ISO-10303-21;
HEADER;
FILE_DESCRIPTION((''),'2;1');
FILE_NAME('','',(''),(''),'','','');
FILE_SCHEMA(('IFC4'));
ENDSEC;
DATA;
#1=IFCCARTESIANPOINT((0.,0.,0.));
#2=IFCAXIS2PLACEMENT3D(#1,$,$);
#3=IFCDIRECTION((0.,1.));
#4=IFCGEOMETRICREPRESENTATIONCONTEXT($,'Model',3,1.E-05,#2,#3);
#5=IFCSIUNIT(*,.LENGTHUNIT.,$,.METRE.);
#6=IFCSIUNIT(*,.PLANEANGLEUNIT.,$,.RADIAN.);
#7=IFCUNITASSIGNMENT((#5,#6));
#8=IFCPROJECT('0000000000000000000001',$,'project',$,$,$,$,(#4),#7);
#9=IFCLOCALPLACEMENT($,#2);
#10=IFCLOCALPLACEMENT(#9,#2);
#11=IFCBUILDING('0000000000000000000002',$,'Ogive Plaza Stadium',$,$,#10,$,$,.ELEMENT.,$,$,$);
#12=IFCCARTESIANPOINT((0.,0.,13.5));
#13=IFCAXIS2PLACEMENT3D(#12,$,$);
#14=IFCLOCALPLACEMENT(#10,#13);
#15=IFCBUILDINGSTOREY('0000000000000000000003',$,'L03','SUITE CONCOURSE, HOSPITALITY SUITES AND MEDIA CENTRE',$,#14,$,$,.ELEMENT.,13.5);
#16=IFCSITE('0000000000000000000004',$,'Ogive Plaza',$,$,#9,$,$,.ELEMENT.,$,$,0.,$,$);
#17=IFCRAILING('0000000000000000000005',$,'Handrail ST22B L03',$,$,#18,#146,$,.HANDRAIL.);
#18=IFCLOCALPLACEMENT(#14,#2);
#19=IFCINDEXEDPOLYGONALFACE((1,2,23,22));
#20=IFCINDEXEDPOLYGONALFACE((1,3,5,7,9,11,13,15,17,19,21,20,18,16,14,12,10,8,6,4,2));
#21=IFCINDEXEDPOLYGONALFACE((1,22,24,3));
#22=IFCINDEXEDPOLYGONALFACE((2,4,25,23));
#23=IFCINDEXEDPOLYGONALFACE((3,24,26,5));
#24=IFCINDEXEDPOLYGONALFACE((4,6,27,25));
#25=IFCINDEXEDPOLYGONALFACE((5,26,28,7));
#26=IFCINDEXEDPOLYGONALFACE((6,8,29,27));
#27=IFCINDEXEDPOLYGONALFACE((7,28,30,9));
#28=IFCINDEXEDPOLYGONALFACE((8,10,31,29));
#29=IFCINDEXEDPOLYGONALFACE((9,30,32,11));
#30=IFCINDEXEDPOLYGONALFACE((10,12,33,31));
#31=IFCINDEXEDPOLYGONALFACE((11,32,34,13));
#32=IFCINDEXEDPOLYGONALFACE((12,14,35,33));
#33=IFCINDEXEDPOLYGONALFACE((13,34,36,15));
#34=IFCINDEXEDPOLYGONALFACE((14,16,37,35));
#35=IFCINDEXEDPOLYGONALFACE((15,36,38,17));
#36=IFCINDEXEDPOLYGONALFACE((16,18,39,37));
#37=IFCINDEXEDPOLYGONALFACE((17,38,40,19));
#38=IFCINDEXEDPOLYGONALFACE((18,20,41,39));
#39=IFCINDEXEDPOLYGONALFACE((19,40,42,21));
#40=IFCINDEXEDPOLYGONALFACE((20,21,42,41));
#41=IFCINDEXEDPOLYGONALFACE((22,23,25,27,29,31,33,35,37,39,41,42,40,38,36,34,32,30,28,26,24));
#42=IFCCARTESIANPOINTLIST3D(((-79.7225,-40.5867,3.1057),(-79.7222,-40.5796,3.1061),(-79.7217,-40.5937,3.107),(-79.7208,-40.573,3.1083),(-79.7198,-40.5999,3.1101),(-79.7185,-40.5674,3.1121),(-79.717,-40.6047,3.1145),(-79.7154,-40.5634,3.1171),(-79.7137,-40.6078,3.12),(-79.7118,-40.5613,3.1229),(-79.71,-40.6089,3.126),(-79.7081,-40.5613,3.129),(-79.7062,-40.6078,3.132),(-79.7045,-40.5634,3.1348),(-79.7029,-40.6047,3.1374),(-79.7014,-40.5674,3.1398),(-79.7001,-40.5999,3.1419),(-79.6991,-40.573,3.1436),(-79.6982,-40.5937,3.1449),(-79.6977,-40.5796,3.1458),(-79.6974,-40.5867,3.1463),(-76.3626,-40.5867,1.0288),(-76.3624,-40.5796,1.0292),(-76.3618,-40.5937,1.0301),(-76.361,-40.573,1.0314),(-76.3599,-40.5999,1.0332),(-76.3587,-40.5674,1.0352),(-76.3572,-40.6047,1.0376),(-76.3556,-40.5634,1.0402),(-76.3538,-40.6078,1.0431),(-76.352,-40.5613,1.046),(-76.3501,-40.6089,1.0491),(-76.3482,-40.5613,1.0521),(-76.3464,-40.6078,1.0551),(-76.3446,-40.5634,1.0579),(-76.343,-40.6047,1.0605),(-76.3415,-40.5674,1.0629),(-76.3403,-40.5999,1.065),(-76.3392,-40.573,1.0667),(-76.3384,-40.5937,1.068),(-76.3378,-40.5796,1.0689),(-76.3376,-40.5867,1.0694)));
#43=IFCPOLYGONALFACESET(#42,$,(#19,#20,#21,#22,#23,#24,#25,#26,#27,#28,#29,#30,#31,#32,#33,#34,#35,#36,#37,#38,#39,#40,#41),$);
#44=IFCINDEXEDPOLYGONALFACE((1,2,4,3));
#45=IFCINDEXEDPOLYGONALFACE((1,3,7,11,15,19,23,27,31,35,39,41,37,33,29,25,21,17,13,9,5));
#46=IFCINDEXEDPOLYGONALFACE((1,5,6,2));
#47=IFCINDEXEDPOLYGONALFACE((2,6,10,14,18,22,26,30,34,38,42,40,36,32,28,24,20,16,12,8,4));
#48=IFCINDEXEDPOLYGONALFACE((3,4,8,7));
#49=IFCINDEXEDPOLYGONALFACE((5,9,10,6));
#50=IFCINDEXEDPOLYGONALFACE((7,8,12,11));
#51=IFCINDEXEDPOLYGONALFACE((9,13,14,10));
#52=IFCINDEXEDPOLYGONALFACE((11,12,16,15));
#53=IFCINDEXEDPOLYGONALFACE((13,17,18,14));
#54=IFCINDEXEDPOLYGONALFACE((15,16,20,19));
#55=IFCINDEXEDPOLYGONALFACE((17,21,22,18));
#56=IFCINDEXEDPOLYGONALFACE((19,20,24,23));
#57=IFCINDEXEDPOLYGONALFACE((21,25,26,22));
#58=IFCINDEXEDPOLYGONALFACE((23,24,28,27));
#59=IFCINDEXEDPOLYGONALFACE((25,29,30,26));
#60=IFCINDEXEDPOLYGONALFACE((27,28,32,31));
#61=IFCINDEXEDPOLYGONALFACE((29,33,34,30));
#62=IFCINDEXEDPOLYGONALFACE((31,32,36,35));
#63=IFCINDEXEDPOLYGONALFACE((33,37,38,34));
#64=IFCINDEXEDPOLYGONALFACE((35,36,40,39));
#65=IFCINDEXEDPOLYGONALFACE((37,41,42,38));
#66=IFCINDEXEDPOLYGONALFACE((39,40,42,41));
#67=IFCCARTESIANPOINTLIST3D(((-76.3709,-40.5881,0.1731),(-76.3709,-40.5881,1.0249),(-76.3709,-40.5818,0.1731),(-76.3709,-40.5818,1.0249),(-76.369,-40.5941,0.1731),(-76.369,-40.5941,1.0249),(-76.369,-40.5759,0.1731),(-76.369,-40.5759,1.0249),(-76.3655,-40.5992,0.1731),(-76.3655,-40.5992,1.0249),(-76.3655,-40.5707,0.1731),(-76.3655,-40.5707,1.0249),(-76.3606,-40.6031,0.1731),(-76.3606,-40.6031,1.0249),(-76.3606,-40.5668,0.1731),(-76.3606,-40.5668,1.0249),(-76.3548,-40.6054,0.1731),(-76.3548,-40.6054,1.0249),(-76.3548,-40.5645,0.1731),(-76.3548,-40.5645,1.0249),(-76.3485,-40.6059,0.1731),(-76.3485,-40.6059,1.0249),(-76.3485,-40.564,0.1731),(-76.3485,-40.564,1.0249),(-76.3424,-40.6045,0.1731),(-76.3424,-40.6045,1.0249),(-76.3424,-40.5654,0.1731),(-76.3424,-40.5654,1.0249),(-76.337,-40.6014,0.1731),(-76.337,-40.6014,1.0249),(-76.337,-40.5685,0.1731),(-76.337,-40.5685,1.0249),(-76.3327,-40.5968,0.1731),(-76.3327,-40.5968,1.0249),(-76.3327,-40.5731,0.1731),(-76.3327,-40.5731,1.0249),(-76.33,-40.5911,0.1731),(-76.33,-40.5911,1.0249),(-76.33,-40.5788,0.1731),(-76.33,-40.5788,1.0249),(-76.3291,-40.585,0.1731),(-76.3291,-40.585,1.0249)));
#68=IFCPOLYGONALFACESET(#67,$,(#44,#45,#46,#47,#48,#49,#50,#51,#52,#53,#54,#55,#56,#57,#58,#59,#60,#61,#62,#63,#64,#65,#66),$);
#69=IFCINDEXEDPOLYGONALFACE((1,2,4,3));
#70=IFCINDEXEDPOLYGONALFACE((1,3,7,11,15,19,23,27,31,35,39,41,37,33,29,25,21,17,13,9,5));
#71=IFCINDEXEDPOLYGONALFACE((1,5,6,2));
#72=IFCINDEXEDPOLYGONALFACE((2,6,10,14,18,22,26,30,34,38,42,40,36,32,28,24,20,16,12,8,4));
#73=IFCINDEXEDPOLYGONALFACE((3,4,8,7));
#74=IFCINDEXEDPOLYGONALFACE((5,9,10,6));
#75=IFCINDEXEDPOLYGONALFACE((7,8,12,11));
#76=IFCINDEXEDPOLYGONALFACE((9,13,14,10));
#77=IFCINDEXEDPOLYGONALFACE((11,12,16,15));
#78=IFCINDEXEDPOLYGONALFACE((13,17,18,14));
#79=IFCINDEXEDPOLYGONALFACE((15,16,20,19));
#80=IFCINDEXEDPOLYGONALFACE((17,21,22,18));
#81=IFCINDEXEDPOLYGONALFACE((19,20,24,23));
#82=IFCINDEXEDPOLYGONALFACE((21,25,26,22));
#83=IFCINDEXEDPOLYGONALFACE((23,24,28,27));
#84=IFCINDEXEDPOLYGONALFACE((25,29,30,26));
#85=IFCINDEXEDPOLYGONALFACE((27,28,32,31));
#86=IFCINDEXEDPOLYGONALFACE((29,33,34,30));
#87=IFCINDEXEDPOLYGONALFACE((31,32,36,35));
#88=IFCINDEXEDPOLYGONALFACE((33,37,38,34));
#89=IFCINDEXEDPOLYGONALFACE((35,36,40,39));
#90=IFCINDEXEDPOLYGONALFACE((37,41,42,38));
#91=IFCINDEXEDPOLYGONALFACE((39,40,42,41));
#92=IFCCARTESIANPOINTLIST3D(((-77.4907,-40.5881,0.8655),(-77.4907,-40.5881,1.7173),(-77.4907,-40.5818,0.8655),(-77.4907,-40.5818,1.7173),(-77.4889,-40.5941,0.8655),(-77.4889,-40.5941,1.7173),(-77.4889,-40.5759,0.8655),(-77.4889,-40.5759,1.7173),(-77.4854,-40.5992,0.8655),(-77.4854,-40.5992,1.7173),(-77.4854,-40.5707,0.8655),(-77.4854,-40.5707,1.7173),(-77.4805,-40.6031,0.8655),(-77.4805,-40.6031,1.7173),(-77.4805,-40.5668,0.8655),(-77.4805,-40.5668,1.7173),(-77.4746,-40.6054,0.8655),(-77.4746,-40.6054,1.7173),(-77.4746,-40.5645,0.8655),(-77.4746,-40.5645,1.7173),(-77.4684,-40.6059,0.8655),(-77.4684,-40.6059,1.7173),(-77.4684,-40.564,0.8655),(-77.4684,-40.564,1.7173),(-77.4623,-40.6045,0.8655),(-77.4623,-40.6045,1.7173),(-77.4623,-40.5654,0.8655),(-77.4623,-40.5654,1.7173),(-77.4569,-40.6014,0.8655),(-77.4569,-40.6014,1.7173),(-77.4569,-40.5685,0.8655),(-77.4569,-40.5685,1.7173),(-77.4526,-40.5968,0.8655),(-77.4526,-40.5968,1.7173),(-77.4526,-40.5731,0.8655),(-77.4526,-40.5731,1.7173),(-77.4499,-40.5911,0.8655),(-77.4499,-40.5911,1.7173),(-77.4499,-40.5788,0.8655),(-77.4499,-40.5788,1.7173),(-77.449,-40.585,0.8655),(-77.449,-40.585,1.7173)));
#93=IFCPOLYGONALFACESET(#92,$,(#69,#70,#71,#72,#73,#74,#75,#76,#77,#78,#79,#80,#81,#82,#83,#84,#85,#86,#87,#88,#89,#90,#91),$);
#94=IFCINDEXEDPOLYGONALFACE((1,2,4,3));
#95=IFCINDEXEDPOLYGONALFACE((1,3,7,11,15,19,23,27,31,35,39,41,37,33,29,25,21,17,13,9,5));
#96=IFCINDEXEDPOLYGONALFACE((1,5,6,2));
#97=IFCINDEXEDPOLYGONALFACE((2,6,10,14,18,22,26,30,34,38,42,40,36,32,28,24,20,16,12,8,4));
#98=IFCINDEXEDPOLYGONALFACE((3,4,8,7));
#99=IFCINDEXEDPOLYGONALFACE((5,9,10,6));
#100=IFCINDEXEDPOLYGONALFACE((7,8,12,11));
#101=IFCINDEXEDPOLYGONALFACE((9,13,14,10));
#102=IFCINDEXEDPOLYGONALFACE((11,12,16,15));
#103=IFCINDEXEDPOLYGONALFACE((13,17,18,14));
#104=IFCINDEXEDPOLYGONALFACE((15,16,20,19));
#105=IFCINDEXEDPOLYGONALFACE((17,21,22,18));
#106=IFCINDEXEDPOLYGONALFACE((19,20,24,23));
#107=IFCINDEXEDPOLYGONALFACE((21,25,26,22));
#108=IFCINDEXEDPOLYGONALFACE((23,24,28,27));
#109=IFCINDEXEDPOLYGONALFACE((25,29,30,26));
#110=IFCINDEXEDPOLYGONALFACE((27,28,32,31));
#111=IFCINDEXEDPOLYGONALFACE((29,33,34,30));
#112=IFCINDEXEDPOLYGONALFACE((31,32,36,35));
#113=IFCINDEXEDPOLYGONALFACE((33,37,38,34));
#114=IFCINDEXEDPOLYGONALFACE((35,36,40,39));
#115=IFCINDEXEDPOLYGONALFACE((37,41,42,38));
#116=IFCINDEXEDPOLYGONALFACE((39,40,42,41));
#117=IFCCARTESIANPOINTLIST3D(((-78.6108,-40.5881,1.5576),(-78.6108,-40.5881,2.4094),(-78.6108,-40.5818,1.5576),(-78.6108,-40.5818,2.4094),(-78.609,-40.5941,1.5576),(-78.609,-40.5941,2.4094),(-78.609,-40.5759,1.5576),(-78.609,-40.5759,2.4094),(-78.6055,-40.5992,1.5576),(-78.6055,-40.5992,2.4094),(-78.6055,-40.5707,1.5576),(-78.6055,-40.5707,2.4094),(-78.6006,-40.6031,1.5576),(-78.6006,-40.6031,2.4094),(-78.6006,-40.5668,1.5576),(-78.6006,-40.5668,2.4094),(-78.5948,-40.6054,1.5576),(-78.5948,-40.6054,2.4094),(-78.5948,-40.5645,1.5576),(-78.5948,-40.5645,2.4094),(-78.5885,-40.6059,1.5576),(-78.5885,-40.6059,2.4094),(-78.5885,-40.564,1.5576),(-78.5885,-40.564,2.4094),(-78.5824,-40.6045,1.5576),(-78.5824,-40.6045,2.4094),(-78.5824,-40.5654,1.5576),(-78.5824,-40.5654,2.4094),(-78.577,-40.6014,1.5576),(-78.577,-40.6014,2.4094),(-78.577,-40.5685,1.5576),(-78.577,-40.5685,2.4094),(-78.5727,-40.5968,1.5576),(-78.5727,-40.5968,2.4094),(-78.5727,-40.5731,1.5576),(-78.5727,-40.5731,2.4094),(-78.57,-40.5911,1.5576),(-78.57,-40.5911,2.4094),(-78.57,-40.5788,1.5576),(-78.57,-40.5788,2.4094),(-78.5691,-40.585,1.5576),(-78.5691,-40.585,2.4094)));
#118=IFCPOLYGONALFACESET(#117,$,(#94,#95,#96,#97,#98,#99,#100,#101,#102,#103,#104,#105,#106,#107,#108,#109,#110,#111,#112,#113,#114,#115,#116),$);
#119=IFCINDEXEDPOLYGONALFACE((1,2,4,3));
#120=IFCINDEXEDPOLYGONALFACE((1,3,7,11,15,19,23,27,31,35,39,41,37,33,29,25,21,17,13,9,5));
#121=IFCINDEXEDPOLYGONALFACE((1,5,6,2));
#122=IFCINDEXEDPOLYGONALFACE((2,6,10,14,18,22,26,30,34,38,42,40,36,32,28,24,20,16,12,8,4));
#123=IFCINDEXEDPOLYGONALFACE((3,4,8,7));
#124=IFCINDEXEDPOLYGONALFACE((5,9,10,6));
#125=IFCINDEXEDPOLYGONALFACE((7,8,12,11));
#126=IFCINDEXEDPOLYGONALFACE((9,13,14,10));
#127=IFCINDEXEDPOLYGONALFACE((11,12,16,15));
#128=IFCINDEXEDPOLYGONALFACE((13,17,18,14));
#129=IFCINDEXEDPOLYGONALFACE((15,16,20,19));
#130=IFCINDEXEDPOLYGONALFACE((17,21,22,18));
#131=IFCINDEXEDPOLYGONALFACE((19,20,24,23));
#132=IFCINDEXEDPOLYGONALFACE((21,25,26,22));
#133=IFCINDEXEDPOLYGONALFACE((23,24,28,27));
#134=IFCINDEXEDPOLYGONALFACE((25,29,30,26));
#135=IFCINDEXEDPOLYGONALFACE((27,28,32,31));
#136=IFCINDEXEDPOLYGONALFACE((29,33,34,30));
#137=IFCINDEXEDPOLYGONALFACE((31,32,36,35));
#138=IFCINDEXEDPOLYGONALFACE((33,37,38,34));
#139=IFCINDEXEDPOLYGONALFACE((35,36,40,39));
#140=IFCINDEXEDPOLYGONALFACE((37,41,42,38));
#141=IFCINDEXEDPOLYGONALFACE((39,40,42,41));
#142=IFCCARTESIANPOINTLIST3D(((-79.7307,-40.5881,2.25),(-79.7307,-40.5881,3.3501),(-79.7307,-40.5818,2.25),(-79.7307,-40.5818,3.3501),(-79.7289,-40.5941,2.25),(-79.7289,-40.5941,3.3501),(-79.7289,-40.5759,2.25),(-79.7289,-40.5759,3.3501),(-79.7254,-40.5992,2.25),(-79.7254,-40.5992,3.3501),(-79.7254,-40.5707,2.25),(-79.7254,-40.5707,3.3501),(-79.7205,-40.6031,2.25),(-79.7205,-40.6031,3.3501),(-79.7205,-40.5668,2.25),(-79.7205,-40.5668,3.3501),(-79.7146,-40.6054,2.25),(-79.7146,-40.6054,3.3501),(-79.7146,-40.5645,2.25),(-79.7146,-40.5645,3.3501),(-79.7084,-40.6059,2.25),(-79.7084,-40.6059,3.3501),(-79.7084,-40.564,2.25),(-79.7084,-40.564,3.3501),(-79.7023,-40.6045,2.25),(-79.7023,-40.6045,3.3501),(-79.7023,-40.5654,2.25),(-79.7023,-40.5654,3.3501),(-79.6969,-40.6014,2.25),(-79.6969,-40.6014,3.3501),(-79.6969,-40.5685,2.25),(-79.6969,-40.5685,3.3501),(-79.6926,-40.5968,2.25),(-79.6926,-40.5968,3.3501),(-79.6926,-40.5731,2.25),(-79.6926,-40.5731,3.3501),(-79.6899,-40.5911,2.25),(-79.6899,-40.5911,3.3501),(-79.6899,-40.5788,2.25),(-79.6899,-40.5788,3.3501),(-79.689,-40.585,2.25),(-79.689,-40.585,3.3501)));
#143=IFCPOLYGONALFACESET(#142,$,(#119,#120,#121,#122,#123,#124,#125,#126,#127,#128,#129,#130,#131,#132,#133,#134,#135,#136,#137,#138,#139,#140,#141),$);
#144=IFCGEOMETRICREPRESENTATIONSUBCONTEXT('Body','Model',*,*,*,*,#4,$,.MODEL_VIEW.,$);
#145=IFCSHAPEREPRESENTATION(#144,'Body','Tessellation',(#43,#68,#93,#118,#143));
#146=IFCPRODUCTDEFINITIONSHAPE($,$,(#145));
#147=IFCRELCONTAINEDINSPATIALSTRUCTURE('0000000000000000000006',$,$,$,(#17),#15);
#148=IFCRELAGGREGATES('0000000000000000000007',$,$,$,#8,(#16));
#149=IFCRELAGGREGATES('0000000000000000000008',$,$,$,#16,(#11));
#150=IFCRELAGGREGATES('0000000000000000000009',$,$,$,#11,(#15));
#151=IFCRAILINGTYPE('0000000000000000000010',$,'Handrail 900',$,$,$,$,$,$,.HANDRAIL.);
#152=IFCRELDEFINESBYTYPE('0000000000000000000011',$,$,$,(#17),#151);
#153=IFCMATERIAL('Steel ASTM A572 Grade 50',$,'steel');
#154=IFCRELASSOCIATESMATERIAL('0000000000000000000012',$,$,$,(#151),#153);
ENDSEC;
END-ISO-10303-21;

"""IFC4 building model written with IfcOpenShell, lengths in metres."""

from ifc_helpers import new_model, si_unit, direction, frame, origin, origin_2d, place, context, subcontext, project, spatial, circle, extrude, material, type_object, element, save


model = new_model("IFC4")

# Units and contexts
model_context = context("Model", 3, precision=1e-05, world=origin(), true_north=direction((0.0, 1.0)))
body_context = subcontext(model_context, "Body", "Model", "MODEL_VIEW")
ifc_project = project(units=[si_unit("LENGTHUNIT", "METRE"), si_unit("PLANEANGLEUNIT", "RADIAN")], contexts=[model_context])

# Site, building, storey
site_placement = place(None, origin())
site = spatial("IfcSite", under=ifc_project, at=site_placement, Name="Ogive Plaza", CompositionType="ELEMENT", RefElevation=0.0)
building_placement = place(site_placement, origin())
building = spatial("IfcBuilding", under=site, at=building_placement, Name="Ogive Plaza Stadium", CompositionType="ELEMENT")
storey_placement = place(building_placement, frame((0.0, 0.0, 13.5)))
storey = spatial("IfcBuildingStorey", under=building, at=storey_placement, Name="L03", Description="SUITE CONCOURSE, HOSPITALITY SUITES AND MEDIA CENTRE", CompositionType="ELEMENT", Elevation=13.5)

# Railing
ifc_material_1 = material(Name="Steel ASTM A572 Grade 50", Category="steel")
railing_type_1 = type_object("IfcRailingType", Name="Handrail 900", PredefinedType="HANDRAIL", material=ifc_material_1)
for number, where, name in (
    (1, (-76.3501, -40.585, 0.1731), "Handrail ST22B L03"),
):
    element("IfcRailing", number, at=place(storey_placement, frame(where)), inside=storey, type_object=railing_type_1, Name=name, PredefinedType="HANDRAIL", context=body_context, shape_type="SweptSolid", body=[
        extrude(circle(Radius=0.0239, at=origin_2d()), frame((0.0, 0.0, 0.876), z_axis=(-0.850606, 0.0, 0.525803), x_axis=(0.0, -1.0, 0.0)), (0.0, 0.0, 1.0), 3.95),
        extrude(circle(Radius=0.021, at=origin_2d()), origin(), (0.0, 0.0, 1.0), 0.8518),
        extrude(circle(Radius=0.021, at=origin_2d()), frame((-1.1199, 0.0, 0.6924)), (0.0, 0.0, 1.0), 0.8518),
        extrude(circle(Radius=0.021, at=origin_2d()), frame((-2.24, 0.0, 1.3845)), (0.0, 0.0, 1.0), 0.8518),
        extrude(circle(Radius=0.021, at=origin_2d()), frame((-3.3599, 0.0, 2.0769)), (0.0, 0.0, 1.0), 1.1001),
    ])

save(model, "model.ifc")
